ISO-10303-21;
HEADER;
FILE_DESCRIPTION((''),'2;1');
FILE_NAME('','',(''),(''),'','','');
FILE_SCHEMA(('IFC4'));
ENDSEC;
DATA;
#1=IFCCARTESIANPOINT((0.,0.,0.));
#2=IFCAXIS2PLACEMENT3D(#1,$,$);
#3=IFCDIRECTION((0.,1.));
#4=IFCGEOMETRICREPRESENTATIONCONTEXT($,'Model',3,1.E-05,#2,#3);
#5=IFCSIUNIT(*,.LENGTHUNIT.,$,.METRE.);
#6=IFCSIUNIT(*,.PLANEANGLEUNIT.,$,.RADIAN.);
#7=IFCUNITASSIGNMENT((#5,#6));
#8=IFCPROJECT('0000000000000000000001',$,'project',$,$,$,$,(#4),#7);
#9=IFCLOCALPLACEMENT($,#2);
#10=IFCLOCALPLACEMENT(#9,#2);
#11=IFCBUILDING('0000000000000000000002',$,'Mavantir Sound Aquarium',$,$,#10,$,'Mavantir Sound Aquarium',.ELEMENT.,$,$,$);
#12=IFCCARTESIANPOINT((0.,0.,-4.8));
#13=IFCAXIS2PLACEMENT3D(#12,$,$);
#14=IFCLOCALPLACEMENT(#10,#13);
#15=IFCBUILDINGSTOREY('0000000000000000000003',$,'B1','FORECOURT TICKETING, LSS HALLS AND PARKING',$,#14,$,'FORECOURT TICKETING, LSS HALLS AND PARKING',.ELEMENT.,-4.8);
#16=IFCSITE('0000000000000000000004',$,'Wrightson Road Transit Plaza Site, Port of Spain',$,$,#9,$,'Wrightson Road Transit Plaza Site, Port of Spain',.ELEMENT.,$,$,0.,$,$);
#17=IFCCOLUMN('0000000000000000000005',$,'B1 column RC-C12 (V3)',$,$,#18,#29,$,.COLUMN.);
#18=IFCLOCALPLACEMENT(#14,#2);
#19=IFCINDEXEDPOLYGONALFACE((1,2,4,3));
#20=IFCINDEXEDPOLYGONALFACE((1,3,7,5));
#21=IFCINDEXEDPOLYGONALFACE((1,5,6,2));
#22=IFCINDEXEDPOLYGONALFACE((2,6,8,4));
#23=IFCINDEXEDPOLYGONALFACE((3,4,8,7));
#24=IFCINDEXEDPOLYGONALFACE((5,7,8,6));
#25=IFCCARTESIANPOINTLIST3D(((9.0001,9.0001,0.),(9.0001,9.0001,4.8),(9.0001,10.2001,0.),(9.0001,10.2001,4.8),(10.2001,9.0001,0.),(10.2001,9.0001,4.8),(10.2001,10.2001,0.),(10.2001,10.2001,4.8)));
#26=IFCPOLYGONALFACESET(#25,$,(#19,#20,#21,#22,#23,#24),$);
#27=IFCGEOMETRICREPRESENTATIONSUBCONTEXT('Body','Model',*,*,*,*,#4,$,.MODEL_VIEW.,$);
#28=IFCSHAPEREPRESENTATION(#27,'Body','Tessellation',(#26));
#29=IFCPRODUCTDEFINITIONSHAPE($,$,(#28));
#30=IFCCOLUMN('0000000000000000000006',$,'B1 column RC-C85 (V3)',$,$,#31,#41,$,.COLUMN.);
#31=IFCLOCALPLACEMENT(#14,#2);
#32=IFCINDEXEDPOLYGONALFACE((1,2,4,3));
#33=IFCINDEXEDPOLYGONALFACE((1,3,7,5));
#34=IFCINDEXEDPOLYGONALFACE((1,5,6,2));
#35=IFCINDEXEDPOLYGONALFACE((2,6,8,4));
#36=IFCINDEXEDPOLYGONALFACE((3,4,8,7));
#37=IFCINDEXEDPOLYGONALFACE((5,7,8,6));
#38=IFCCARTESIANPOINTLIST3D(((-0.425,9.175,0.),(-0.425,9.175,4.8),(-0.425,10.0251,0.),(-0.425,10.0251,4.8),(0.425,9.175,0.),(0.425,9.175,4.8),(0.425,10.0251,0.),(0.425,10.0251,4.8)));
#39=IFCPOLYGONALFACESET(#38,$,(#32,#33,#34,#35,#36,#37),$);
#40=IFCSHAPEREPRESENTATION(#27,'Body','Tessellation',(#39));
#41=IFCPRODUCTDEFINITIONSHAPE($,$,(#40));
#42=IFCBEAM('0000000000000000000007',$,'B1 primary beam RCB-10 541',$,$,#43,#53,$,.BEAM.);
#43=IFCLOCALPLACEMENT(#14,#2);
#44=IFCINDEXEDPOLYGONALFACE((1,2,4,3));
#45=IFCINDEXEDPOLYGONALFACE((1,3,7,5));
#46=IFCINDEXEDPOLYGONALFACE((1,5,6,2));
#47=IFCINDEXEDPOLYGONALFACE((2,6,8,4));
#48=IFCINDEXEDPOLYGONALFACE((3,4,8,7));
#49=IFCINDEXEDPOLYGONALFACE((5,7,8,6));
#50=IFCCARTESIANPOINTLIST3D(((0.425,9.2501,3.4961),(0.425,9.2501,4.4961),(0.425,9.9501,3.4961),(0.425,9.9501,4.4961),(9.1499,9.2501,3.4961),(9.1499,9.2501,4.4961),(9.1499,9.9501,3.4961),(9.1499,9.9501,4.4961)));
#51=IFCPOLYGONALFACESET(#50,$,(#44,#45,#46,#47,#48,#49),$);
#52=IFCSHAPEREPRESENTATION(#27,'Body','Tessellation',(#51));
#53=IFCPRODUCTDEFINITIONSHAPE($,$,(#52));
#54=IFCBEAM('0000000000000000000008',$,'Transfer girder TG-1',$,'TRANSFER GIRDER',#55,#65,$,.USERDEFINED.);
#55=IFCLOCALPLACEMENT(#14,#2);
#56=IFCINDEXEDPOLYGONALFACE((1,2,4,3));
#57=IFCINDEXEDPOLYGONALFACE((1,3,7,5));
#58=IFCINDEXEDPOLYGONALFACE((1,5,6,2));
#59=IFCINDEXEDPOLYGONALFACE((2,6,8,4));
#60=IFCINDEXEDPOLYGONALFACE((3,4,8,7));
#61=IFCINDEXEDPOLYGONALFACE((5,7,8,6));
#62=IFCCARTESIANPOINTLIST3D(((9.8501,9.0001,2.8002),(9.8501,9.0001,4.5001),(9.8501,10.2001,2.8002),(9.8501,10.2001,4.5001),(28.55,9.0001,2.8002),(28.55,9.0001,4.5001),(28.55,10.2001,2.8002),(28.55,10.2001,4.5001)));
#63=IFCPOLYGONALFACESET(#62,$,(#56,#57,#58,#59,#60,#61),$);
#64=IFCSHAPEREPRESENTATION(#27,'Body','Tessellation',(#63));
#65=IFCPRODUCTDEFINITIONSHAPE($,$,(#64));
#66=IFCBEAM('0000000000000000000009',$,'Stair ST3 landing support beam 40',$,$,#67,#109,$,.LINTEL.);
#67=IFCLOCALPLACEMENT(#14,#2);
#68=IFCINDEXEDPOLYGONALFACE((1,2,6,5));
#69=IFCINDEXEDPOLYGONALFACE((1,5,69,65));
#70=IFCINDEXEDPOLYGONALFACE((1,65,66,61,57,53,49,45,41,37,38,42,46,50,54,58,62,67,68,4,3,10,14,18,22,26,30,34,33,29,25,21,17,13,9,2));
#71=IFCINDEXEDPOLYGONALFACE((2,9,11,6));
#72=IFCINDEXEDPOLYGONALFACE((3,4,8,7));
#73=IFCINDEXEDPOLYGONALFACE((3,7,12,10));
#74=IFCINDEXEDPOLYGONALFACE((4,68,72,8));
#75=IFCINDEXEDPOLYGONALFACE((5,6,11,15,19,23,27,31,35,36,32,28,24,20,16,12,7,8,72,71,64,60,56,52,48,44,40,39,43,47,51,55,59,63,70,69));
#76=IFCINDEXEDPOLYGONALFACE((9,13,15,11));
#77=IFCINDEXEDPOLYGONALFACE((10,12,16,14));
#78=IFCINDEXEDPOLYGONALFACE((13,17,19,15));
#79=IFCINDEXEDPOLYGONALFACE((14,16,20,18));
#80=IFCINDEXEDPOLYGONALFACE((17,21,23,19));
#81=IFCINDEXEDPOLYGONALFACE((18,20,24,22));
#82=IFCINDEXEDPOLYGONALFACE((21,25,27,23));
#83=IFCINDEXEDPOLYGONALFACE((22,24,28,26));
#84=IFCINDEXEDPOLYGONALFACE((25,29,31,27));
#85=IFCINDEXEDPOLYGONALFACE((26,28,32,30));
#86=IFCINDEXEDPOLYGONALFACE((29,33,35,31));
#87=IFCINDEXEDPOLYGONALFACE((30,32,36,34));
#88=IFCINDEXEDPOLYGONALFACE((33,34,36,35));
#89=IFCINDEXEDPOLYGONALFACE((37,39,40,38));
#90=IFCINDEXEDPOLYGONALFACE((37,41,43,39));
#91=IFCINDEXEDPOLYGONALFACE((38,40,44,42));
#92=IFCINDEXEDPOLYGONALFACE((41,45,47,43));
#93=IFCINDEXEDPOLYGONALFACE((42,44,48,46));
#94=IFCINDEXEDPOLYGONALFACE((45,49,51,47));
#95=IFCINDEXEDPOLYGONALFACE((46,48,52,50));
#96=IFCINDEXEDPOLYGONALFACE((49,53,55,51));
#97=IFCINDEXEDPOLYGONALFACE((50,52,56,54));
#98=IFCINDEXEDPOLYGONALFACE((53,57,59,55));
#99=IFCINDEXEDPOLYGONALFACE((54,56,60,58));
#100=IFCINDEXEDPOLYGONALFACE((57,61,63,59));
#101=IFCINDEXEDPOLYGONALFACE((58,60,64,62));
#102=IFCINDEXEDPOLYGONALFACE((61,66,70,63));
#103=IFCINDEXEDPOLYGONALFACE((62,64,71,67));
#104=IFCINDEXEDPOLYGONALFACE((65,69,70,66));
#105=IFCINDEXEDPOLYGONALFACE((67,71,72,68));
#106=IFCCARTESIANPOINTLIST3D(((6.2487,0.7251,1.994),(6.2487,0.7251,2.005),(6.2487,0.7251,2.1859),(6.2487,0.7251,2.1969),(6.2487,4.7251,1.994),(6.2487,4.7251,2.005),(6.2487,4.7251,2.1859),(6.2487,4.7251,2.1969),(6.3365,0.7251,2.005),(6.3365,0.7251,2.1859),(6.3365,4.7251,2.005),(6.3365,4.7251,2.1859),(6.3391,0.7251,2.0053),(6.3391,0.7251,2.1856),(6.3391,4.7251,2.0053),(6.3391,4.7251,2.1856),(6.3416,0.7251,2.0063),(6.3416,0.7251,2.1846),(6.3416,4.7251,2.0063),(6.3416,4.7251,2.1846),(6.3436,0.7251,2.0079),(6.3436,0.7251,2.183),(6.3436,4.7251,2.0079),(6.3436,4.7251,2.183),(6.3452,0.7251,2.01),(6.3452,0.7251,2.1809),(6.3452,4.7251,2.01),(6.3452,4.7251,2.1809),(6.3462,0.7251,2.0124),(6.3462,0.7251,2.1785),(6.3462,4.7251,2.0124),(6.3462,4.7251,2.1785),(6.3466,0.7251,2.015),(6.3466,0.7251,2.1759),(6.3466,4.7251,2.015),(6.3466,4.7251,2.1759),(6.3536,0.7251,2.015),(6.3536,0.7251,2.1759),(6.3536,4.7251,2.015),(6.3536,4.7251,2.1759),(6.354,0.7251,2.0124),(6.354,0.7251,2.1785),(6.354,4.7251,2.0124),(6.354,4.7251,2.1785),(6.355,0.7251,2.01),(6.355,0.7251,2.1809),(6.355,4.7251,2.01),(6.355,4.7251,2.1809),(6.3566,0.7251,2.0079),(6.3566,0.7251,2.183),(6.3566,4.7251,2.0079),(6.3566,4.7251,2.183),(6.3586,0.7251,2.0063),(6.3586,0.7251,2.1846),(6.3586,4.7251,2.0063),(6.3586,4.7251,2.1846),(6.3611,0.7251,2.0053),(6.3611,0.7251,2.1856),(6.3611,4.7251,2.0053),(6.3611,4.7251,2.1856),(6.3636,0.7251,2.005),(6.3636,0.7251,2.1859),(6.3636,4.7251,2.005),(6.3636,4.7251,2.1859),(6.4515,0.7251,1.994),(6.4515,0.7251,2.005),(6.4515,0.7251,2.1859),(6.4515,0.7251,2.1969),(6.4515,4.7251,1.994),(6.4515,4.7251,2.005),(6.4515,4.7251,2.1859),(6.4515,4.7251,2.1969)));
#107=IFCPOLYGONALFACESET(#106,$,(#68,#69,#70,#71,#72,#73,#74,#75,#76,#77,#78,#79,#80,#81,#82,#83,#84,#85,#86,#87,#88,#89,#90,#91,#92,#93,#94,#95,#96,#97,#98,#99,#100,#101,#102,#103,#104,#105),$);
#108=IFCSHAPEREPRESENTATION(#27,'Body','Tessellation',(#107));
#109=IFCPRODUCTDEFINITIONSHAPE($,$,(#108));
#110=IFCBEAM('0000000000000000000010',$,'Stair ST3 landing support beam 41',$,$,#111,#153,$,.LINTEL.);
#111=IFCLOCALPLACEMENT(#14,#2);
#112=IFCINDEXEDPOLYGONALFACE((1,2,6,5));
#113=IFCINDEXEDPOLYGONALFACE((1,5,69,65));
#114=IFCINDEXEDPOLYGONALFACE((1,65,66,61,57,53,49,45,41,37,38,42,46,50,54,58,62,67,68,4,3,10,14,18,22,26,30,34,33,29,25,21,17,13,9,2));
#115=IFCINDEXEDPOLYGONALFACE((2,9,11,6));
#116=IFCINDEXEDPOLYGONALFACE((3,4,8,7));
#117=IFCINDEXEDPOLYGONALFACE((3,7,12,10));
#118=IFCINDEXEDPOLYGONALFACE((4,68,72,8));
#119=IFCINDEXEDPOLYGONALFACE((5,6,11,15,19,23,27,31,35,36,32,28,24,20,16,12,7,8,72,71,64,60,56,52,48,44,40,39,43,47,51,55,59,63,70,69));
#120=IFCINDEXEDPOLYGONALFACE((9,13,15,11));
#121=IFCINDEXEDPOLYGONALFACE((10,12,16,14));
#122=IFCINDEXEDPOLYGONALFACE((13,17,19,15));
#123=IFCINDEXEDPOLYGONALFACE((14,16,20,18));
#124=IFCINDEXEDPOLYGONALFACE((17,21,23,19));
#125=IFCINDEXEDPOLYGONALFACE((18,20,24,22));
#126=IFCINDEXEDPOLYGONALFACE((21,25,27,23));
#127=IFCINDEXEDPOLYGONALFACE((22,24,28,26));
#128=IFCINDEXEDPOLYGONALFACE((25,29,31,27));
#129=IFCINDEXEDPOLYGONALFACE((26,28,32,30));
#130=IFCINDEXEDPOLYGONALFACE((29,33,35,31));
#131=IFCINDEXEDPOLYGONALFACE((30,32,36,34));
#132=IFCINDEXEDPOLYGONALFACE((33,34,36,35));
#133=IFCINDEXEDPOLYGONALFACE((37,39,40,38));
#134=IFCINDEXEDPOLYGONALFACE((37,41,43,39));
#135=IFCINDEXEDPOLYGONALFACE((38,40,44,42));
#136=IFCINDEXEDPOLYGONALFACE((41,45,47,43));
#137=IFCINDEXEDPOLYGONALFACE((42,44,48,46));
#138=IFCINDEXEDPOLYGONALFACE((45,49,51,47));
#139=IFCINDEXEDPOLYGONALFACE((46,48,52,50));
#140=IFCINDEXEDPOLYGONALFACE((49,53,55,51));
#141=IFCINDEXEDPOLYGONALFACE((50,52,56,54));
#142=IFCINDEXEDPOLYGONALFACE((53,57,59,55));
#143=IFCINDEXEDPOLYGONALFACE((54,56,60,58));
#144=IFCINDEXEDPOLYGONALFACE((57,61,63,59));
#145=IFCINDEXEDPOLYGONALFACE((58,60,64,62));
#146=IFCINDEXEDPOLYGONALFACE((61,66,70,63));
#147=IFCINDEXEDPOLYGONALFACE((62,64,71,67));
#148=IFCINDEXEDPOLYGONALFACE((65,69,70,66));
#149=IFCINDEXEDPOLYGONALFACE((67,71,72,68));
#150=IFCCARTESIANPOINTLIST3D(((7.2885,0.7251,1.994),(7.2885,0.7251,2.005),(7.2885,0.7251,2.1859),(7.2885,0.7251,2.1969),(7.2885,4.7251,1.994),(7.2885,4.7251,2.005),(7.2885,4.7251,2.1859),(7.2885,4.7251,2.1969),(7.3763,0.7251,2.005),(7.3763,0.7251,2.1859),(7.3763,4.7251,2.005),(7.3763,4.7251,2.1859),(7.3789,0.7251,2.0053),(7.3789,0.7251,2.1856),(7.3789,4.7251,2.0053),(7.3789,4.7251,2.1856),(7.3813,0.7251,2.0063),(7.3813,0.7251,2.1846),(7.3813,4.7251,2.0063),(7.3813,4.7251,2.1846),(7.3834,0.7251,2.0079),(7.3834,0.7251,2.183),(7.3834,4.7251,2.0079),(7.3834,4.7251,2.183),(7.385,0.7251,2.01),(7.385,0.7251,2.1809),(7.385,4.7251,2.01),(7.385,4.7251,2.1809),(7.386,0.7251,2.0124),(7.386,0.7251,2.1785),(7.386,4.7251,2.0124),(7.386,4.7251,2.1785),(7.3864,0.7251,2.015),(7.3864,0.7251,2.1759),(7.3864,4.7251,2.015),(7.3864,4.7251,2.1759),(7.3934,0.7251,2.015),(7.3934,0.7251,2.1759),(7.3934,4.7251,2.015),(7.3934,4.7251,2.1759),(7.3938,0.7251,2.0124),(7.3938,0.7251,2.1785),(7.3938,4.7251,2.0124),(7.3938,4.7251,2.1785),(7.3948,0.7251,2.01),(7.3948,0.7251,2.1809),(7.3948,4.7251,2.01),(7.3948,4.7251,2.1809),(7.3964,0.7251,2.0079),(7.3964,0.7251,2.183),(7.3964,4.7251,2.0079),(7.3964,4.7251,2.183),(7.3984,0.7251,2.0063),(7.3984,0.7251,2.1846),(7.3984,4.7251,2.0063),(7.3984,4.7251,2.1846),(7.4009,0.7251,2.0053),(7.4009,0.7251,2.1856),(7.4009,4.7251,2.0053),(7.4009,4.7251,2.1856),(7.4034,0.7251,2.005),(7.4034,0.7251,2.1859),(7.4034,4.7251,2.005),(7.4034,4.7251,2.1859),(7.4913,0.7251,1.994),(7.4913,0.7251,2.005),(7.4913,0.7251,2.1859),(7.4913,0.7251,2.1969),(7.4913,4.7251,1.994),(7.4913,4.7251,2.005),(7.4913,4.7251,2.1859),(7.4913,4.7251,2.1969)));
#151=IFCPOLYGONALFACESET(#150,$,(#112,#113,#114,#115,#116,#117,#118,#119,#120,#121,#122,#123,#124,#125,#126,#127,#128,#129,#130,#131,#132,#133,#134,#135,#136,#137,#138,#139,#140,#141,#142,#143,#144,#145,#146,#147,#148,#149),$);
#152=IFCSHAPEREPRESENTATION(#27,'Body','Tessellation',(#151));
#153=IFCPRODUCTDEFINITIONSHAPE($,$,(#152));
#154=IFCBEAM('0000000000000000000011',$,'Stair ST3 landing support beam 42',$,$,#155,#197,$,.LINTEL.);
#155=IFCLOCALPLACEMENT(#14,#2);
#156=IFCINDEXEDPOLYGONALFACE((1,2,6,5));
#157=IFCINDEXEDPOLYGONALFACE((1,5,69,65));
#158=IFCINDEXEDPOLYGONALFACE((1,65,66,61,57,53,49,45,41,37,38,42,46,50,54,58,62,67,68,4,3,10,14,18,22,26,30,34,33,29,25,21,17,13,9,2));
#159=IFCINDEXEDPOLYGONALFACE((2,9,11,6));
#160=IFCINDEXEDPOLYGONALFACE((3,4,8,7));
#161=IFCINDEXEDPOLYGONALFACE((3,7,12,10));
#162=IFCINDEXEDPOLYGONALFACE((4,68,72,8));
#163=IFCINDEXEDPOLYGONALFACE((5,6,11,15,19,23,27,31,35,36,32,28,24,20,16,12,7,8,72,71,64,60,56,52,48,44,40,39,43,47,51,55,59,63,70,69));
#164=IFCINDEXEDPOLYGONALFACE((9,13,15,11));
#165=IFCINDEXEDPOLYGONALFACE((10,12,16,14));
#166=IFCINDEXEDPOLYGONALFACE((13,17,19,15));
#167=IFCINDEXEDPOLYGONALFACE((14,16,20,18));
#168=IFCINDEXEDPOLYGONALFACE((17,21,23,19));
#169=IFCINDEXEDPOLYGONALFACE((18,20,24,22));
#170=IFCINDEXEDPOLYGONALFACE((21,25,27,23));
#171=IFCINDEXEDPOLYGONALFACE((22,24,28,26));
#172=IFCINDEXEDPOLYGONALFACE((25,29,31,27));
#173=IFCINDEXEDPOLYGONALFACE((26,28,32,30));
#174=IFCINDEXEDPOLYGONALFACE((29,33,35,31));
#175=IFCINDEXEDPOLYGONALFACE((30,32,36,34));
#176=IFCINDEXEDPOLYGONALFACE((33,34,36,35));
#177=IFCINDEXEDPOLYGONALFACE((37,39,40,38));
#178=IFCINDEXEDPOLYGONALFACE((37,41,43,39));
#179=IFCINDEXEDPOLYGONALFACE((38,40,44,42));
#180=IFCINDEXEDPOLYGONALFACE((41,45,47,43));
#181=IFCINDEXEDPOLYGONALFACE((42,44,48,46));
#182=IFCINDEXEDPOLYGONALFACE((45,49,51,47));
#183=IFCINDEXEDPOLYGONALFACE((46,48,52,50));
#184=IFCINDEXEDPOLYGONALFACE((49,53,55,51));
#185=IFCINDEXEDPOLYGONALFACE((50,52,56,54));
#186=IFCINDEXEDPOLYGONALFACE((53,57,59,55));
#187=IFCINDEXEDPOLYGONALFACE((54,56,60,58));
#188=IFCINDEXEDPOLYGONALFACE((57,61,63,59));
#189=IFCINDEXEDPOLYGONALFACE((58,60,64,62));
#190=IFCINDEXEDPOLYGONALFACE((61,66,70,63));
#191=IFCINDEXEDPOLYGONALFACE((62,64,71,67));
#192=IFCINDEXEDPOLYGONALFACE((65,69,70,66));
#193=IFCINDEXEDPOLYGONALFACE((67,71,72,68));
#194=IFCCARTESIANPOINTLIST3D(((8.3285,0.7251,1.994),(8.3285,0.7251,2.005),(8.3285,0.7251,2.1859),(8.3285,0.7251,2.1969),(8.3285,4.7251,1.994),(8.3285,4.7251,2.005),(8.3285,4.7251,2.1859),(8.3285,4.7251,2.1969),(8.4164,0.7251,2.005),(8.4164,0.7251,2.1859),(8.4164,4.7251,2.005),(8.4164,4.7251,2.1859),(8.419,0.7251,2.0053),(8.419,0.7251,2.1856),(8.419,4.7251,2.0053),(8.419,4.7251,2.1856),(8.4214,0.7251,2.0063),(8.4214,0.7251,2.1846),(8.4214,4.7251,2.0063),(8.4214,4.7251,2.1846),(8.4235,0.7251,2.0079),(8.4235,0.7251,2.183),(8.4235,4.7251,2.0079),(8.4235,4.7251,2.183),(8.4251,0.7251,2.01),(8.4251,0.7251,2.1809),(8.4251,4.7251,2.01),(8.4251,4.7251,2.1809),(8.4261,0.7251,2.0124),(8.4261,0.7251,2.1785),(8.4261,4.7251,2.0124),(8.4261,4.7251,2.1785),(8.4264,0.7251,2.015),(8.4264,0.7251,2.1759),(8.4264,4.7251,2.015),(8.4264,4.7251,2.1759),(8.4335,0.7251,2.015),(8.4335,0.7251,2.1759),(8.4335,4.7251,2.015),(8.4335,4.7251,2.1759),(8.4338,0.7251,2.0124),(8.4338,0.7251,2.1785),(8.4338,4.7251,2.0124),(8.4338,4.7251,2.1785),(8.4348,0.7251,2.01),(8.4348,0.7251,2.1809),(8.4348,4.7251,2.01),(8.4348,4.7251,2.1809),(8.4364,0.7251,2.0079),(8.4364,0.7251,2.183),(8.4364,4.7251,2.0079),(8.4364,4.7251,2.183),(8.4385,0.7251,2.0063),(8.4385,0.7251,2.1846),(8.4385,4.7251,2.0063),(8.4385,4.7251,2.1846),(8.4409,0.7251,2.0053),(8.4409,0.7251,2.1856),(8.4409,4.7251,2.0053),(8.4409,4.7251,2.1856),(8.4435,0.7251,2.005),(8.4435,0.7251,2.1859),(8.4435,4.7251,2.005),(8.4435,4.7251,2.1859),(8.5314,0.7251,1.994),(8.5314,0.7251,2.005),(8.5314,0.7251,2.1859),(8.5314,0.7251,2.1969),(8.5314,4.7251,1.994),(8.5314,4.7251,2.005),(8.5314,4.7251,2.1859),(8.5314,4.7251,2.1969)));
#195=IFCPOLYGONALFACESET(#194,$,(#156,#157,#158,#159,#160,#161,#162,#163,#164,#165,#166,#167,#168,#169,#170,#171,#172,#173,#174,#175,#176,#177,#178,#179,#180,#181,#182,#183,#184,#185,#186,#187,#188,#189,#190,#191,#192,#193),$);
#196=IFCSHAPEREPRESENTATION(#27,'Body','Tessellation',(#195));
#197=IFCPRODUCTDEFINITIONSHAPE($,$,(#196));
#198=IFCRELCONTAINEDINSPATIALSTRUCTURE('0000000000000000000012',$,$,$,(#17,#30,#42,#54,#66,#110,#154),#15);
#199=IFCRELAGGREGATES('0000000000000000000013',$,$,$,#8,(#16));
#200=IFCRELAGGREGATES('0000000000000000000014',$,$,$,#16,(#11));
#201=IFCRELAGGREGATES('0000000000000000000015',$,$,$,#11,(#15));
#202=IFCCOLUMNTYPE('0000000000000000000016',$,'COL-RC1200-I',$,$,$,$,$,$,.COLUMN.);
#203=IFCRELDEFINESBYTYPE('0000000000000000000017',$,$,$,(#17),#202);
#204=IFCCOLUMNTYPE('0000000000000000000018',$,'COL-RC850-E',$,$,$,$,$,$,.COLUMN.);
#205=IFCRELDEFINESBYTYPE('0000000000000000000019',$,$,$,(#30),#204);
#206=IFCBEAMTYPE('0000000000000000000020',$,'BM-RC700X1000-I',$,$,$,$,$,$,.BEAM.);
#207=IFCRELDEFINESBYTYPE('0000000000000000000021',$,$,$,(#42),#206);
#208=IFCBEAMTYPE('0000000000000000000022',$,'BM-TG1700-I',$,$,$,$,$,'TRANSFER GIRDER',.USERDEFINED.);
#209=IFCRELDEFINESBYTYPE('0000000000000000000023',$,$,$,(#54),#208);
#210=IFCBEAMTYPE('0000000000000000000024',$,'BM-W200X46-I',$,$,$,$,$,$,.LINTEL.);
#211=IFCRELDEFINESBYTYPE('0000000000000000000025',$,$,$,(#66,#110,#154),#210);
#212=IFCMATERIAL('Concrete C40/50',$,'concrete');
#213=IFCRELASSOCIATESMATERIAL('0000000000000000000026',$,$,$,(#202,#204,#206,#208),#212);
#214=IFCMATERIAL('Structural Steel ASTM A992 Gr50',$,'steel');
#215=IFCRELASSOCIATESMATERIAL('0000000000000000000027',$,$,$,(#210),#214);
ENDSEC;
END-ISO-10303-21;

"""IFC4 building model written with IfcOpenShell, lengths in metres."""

from ifc_helpers import new_model, si_unit, direction, frame, origin, origin_2d, place, context, subcontext, project, spatial, rectangle, i_section, extrude, material, material_profile, profile_set, type_object, element, save


model = new_model("IFC4")

# Units and contexts
model_context = context("Model", 3, precision=1e-05, world=origin(), true_north=direction((0.0, 1.0)))
body_context = subcontext(model_context, "Body", "Model", "MODEL_VIEW")
ifc_project = project(units=[si_unit("LENGTHUNIT", "METRE"), si_unit("PLANEANGLEUNIT", "RADIAN")], contexts=[model_context])

# Site, building, storey
site_placement = place(None, origin())
site = spatial("IfcSite", under=ifc_project, at=site_placement, Name="Wrightson Road Transit Plaza Site, Port of Spain", LongName="Wrightson Road Transit Plaza Site, Port of Spain", CompositionType="ELEMENT", RefElevation=0.0)
building_placement = place(site_placement, origin())
building = spatial("IfcBuilding", under=site, at=building_placement, Name="Mavantir Sound Aquarium", LongName="Mavantir Sound Aquarium", CompositionType="ELEMENT")
storey_placement = place(building_placement, frame((0.0, 0.0, -4.8)))
storey = spatial("IfcBuildingStorey", under=building, at=storey_placement, Name="B1", Description="FORECOURT TICKETING, LSS HALLS AND PARKING", LongName="FORECOURT TICKETING, LSS HALLS AND PARKING", CompositionType="ELEMENT", Elevation=-4.8)

# Columns
ifc_material_1 = material(Name="Concrete C40/50", Category="concrete")
ifc_material_profile_1 = material_profile(ifc_material_1, rectangle(XDim=1.2, YDim=1.2, at=origin_2d()), Name="RC 1200X1200")
ifc_profile_set_1 = profile_set([ifc_material_profile_1], Name="Concrete C40/50")
column_type_1 = type_object("IfcColumnType", Name="COL-RC1200-I", PredefinedType="COLUMN", material=ifc_profile_set_1)
column_1_placement = place(storey_placement, frame((9.6001, 9.6001, 0.0), z_axis=(0.0, 0.0, 1.0), x_axis=(1.0, 0.0, 0.0)))
element("IfcColumn", 1, at=column_1_placement, inside=storey, type_object=column_type_1, Name="B1 column RC-C12 (V3)", PredefinedType="COLUMN", context=body_context, shape_type="SweptSolid", body=[
    extrude(rectangle(XDim=1.2, YDim=1.2, at=origin_2d()), origin(), (0.0, 0.0, 1.0), 4.8),
])
ifc_material_profile_2 = material_profile(ifc_material_1, rectangle(XDim=0.8501, YDim=0.8501, at=origin_2d()), Name="RC 850X850")
ifc_profile_set_2 = profile_set([ifc_material_profile_2], Name="Concrete C40/50")
column_type_2 = type_object("IfcColumnType", Name="COL-RC850-E", PredefinedType="COLUMN", material=ifc_profile_set_2)
column_2_placement = place(storey_placement, frame((0.0, 9.6001, 0.0), z_axis=(0.0, 0.0, 1.0), x_axis=(1.0, 0.0, 0.0)))
element("IfcColumn", 2, at=column_2_placement, inside=storey, type_object=column_type_2, Name="B1 column RC-C85 (V3)", PredefinedType="COLUMN", context=body_context, shape_type="SweptSolid", body=[
    extrude(rectangle(XDim=0.8501, YDim=0.8501, at=origin_2d()), origin(), (0.0, 0.0, 1.0), 4.8),
])

# Beams
ifc_material_profile_3 = material_profile(ifc_material_1, rectangle(XDim=0.7, YDim=1.0, at=origin_2d()), Name="RC 700X1000")
ifc_profile_set_3 = profile_set([ifc_material_profile_3], Name="Concrete C40/50")
beam_type_1 = type_object("IfcBeamType", Name="BM-RC700X1000-I", PredefinedType="BEAM", material=ifc_profile_set_3)
beam_1_placement = place(storey_placement, frame((0.425, 9.6001, 3.9961), z_axis=(1.0, 0.0, 0.0), x_axis=(0.0, 1.0, 0.0)))
element("IfcBeam", 3, at=beam_1_placement, inside=storey, type_object=beam_type_1, Name="B1 primary beam RCB-10 541", PredefinedType="BEAM", context=body_context, shape_type="SweptSolid", body=[
    extrude(rectangle(XDim=0.7, YDim=1.0, at=origin_2d()), origin(), (0.0, 0.0, 1.0), 8.7249),
])
ifc_material_profile_4 = material_profile(ifc_material_1, rectangle(XDim=1.2, YDim=1.7, at=origin_2d()), Name="RC 1200X1700")
ifc_profile_set_4 = profile_set([ifc_material_profile_4], Name="Concrete C40/50")
beam_type_2 = type_object("IfcBeamType", Name="BM-TG1700-I", ElementType="TRANSFER GIRDER", PredefinedType="USERDEFINED", material=ifc_profile_set_4)
beam_2_placement = place(storey_placement, frame((9.8501, 9.6001, 3.6501), z_axis=(1.0, 0.0, 0.0), x_axis=(0.0, 1.0, 0.0)))
element("IfcBeam", 4, at=beam_2_placement, inside=storey, type_object=beam_type_2, Name="Transfer girder TG-1", ObjectType="TRANSFER GIRDER", PredefinedType="USERDEFINED", context=body_context, shape_type="SweptSolid", body=[
    extrude(rectangle(XDim=1.2, YDim=1.7, at=origin_2d()), origin(), (0.0, 0.0, 1.0), 18.7),
])
ifc_material_2 = material(Name="Structural Steel ASTM A992 Gr50", Category="steel")
ifc_material_profile_5 = material_profile(ifc_material_2, i_section(OverallWidth=0.2029, OverallDepth=0.2029, WebThickness=0.0071, FlangeThickness=0.011, FilletRadius=0.01, at=origin_2d()), Name="W200X46")
ifc_profile_set_5 = profile_set([ifc_material_profile_5], Name="Structural Steel ASTM A992 Gr50")
beam_type_3 = type_object("IfcBeamType", Name="BM-W200X46-I", PredefinedType="LINTEL", material=ifc_profile_set_5)
for number, where, z_axis, x_axis, name in (
    (5, (6.3501, 0.7251, 2.0955), (0.0, 1.0, 0.0), (-1.0, 0.0, 0.0), "Stair ST3 landing support beam 40"),
    (6, (7.3899, 0.7251, 2.0955), (0.0, 1.0, 0.0), (-1.0, 0.0, 0.0), "Stair ST3 landing support beam 41"),
    (7, (8.4299, 0.7251, 2.0955), (0.0, 1.0, 0.0), (-1.0, 0.0, 0.0), "Stair ST3 landing support beam 42"),
):
    element("IfcBeam", number, at=place(storey_placement, frame(where, z_axis=z_axis, x_axis=x_axis)), inside=storey, type_object=beam_type_3, Name=name, PredefinedType="LINTEL", context=body_context, shape_type="SweptSolid", body=[
        extrude(i_section(OverallWidth=0.2029, OverallDepth=0.2029, WebThickness=0.0071, FlangeThickness=0.011, FilletRadius=0.01, at=origin_2d()), origin(), (0.0, 0.0, 1.0), 4.0),
    ])

save(model, "model.ifc")
